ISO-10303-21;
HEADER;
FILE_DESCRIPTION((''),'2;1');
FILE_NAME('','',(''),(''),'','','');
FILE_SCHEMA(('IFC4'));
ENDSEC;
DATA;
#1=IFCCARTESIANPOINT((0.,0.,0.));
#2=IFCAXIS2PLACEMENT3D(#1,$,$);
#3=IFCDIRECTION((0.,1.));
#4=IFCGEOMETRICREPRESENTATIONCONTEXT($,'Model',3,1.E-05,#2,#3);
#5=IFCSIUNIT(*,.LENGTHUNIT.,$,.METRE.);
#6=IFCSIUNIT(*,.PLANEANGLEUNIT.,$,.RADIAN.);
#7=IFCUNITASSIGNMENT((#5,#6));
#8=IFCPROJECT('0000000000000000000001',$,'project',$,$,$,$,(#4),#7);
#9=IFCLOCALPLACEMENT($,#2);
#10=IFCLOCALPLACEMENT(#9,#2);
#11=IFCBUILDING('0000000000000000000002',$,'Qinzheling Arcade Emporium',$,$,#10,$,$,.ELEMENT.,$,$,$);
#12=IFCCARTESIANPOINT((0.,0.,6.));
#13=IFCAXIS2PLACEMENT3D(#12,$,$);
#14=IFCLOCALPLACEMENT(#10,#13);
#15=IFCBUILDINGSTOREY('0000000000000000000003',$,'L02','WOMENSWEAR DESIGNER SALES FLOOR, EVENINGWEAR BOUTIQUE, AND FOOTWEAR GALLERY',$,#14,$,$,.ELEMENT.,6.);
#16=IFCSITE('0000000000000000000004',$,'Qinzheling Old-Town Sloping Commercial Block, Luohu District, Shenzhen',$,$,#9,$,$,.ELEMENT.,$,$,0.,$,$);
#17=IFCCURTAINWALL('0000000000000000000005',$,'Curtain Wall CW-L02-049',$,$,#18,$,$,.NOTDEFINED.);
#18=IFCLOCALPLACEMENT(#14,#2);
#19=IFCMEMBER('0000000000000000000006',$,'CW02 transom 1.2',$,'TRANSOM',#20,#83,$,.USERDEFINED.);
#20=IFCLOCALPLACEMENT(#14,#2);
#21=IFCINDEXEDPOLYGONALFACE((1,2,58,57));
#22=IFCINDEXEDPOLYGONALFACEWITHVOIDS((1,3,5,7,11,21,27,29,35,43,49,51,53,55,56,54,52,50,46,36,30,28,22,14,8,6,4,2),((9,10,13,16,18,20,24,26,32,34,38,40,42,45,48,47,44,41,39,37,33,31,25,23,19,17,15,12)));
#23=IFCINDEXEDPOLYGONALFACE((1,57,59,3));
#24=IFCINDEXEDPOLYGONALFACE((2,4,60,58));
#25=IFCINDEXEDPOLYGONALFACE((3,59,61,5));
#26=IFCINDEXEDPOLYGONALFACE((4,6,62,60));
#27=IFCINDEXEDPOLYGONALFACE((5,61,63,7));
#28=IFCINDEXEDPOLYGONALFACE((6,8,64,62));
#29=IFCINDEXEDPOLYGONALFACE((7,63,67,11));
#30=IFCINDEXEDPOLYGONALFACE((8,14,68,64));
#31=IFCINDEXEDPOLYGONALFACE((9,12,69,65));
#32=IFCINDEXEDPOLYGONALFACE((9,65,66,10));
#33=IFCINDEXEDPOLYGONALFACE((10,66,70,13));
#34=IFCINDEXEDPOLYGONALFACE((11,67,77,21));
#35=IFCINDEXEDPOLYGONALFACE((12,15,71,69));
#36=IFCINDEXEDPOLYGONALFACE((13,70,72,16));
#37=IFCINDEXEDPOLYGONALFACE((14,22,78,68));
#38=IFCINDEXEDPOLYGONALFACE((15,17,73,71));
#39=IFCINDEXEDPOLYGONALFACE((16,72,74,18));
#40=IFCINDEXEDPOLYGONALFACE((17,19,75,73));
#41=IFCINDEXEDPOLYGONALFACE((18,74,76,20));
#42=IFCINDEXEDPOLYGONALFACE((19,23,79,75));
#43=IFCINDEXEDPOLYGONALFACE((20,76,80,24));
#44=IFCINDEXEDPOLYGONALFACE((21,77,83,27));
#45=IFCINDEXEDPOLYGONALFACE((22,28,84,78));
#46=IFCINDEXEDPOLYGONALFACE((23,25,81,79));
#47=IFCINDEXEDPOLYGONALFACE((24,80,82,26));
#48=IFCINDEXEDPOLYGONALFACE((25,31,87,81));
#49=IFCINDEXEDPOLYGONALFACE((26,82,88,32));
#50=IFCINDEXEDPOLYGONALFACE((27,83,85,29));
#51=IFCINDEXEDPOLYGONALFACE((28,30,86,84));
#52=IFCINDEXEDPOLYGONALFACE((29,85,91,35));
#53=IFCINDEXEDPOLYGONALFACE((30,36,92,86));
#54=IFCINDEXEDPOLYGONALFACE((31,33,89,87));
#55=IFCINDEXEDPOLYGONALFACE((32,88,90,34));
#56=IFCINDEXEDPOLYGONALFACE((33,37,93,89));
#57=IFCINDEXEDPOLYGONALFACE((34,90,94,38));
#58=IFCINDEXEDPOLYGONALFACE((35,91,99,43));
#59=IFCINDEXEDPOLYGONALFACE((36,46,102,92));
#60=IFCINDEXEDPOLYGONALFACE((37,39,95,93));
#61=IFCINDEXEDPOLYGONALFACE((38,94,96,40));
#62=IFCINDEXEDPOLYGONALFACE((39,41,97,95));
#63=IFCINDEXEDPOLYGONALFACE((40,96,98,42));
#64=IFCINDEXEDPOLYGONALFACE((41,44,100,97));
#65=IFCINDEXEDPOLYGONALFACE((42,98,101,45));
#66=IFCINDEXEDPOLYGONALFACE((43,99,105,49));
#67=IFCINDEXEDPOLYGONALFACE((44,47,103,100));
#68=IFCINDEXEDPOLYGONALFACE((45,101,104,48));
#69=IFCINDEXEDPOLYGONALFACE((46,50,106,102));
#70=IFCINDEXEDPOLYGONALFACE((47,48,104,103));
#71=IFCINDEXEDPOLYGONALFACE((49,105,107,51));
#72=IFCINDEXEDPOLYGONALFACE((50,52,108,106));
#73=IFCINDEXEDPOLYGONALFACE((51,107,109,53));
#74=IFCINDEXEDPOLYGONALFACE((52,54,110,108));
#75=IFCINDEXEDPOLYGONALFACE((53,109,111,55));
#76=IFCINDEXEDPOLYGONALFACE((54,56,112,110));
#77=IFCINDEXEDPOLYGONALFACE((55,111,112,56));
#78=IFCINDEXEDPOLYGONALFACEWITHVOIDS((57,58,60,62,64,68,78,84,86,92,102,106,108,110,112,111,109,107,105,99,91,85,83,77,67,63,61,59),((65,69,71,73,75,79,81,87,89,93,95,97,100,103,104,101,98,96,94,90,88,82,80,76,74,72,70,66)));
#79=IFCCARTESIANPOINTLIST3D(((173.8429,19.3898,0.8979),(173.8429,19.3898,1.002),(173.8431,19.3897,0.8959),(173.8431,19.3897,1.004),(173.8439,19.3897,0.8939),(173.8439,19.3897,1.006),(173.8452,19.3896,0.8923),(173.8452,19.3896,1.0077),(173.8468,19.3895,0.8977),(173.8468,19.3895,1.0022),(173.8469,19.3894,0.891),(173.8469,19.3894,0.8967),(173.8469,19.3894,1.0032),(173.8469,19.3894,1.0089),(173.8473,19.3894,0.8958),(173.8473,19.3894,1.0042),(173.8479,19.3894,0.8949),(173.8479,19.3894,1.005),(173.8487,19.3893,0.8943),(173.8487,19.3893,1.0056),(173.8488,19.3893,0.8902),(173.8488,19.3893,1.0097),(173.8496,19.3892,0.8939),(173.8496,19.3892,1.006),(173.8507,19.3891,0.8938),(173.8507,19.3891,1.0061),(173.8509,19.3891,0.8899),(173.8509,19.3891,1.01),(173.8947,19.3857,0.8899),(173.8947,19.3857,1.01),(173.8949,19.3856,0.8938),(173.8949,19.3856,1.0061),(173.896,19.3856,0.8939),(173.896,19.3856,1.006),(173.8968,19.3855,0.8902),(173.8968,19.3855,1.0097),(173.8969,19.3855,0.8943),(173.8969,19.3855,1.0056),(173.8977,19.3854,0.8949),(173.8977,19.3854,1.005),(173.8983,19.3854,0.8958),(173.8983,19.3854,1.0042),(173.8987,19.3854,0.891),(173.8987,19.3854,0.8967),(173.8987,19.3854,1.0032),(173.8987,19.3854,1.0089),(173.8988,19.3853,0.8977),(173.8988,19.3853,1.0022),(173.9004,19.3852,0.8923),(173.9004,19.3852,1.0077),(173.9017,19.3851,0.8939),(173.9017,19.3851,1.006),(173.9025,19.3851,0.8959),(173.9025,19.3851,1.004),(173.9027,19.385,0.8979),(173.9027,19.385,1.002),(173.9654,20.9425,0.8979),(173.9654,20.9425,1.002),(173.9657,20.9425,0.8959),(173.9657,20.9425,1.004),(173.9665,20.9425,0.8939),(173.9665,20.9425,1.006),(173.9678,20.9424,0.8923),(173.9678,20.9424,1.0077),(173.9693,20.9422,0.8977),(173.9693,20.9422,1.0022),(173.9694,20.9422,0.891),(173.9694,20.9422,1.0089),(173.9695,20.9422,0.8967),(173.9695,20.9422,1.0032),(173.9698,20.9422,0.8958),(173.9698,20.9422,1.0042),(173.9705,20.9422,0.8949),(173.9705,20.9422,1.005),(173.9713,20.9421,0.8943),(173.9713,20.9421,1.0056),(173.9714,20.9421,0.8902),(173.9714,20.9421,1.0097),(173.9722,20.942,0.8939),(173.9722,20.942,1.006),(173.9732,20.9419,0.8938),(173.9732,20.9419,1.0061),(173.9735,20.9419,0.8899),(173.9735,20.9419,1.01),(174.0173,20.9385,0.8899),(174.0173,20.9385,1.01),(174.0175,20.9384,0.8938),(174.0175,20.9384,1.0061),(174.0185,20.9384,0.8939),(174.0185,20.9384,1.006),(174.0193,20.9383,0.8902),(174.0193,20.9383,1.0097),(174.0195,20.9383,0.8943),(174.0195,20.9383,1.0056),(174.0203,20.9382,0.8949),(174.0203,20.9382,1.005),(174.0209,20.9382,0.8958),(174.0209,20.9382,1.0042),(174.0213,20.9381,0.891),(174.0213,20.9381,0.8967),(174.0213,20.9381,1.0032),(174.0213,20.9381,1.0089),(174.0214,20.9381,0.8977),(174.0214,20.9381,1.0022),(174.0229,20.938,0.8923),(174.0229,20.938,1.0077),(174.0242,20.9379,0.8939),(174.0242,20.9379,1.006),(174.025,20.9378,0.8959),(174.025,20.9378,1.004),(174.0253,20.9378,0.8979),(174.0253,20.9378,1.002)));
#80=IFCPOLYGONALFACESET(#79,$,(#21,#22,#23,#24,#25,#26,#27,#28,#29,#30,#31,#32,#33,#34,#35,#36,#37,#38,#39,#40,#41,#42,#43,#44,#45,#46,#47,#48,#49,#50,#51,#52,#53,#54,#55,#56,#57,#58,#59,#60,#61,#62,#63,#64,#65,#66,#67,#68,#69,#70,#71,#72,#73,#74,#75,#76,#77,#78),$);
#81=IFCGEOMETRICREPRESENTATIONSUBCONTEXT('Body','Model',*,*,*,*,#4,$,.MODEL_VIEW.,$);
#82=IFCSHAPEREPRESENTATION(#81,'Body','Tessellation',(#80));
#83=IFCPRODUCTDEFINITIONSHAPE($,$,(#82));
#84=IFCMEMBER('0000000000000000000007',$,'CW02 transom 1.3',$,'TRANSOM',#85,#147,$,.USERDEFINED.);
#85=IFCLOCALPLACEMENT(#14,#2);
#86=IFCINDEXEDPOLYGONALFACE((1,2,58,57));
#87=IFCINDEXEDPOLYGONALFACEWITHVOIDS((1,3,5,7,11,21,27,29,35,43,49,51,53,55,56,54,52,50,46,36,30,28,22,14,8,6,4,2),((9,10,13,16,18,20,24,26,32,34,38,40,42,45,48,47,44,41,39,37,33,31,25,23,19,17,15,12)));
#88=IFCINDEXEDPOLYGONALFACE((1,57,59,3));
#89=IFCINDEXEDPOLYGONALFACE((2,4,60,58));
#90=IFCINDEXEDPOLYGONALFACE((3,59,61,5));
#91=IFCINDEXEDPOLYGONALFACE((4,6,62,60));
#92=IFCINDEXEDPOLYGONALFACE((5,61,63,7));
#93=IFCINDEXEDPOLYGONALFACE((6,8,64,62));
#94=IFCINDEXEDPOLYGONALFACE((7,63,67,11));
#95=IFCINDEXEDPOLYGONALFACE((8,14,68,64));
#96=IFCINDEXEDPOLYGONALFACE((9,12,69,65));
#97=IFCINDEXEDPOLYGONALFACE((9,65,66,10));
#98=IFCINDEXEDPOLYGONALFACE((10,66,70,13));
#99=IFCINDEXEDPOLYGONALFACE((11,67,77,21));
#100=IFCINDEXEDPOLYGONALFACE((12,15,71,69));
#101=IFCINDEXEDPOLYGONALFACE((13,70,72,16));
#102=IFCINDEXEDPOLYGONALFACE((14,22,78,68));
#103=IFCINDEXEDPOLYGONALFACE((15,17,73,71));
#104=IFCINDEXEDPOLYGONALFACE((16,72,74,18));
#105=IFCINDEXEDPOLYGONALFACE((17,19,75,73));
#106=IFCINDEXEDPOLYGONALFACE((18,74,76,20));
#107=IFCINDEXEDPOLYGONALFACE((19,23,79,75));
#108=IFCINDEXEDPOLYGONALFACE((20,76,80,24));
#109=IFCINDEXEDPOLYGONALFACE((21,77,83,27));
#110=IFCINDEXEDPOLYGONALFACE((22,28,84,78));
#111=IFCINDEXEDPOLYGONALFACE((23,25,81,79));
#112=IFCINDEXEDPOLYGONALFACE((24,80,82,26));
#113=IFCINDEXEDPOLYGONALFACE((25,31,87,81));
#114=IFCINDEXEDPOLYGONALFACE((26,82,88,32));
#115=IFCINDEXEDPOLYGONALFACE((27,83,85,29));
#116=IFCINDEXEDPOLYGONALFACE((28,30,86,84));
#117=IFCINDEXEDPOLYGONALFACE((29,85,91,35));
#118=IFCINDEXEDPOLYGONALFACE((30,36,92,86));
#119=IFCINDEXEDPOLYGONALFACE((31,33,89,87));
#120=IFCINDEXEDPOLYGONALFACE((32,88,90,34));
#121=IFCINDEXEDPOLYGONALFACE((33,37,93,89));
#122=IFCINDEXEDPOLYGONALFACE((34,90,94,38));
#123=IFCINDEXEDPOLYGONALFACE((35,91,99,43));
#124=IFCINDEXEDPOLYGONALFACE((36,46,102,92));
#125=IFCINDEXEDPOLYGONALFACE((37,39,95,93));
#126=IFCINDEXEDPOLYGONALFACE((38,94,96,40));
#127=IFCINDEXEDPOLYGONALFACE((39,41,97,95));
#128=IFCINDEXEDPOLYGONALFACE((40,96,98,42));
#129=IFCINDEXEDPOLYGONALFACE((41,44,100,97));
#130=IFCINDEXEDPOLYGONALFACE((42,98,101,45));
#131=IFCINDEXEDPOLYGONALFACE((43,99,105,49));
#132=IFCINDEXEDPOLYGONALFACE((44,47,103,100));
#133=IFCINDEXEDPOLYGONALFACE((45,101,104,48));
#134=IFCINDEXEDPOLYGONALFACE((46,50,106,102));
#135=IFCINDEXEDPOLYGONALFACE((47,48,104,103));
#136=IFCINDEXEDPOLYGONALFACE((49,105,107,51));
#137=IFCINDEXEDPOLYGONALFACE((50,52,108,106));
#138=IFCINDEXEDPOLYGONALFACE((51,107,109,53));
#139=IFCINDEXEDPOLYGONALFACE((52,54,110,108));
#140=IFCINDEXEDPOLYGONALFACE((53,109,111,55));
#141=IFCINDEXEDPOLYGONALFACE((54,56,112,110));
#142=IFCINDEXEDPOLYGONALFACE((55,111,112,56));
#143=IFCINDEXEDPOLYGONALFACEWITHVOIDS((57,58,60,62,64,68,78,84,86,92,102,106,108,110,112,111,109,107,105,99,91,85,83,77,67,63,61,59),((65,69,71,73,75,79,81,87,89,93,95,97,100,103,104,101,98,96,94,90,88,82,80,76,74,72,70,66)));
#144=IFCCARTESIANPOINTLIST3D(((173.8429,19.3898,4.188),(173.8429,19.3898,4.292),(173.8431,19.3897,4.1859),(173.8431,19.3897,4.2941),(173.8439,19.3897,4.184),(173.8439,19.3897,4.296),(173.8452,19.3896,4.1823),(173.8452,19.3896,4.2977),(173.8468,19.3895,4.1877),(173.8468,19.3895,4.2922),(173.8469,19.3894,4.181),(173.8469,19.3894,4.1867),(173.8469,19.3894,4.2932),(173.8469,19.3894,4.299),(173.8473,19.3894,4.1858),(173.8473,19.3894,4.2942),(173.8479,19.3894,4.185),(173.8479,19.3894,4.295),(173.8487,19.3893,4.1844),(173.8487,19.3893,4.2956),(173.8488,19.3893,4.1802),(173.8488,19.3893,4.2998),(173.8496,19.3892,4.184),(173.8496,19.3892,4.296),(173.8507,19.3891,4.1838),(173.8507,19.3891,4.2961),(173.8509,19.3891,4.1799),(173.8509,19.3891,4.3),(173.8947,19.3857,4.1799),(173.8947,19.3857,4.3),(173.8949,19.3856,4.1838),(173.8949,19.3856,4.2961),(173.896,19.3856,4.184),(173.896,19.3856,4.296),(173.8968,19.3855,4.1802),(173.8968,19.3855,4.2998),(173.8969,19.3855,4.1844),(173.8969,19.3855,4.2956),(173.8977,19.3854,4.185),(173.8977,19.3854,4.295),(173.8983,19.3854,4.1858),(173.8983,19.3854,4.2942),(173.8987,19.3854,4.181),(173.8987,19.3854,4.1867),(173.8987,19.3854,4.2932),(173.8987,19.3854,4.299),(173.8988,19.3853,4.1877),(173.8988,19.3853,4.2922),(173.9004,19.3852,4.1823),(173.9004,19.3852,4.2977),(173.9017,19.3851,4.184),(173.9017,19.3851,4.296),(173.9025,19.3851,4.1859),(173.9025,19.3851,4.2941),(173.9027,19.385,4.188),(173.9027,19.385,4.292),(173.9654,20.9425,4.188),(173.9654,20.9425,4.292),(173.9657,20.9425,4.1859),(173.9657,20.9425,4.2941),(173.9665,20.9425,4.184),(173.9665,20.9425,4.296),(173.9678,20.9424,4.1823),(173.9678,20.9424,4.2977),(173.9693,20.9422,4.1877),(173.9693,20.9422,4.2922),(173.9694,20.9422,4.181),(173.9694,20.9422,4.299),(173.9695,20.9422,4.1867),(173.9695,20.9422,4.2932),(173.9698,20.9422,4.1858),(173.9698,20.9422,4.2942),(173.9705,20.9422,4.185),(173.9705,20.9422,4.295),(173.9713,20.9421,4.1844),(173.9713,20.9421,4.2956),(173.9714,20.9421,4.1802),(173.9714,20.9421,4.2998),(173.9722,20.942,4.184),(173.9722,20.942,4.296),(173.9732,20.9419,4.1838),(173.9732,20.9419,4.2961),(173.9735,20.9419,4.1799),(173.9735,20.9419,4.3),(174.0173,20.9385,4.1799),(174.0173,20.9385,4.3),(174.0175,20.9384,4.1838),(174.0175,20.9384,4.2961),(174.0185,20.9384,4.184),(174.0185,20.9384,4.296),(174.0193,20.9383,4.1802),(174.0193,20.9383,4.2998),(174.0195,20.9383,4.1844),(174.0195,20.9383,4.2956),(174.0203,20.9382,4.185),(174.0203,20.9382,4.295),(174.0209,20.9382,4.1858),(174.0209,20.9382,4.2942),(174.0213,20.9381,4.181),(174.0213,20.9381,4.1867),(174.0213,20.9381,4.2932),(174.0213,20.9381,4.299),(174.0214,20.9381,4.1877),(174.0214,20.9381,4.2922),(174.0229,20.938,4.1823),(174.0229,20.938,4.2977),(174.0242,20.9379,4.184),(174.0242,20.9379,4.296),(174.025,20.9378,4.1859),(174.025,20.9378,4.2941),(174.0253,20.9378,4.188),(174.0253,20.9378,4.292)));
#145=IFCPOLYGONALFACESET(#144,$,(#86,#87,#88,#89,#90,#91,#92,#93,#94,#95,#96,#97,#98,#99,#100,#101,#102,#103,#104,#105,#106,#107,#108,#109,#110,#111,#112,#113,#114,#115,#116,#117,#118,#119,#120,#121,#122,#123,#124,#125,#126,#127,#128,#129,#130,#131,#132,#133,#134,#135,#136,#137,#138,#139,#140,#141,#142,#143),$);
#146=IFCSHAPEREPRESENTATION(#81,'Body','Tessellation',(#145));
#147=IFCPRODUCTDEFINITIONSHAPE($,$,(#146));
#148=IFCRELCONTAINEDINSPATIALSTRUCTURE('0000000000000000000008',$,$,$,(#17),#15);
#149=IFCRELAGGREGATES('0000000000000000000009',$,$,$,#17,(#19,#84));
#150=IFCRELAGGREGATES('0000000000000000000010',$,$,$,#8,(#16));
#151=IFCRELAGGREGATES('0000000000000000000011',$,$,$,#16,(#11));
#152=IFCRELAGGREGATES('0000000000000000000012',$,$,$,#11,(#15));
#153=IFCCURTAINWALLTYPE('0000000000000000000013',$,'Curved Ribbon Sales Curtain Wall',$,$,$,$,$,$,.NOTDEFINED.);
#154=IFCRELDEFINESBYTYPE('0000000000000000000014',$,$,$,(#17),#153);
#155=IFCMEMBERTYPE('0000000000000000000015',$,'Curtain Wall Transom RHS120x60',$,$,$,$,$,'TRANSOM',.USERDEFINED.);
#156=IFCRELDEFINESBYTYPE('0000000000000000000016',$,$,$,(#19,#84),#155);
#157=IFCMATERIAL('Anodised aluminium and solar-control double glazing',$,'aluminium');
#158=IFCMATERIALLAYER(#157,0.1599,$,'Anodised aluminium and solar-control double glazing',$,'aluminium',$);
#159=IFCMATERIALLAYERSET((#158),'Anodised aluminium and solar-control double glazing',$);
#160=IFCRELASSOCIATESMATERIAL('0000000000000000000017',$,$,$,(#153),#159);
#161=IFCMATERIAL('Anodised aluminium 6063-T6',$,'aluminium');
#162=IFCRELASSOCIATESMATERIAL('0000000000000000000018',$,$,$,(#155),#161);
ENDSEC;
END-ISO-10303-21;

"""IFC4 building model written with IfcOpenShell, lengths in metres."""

from ifc_helpers import new_model, si_unit, direction, frame, origin, origin_2d, place, context, subcontext, project, spatial, hollow_rectangle, extrude, material, layer, layer_set, material_profile, profile_set, type_object, element, aggregate, save


model = new_model("IFC4")

# Units and contexts
model_context = context("Model", 3, precision=1e-05, world=origin(), true_north=direction((0.0, 1.0)))
body_context = subcontext(model_context, "Body", "Model", "MODEL_VIEW")
ifc_project = project(units=[si_unit("LENGTHUNIT", "METRE"), si_unit("PLANEANGLEUNIT", "RADIAN")], contexts=[model_context])

# Site, building, storey
site_placement = place(None, origin())
site = spatial("IfcSite", under=ifc_project, at=site_placement, Name="Qinzheling Old-Town Sloping Commercial Block, Luohu District, Shenzhen", CompositionType="ELEMENT", RefElevation=0.0)
building_placement = place(site_placement, origin())
building = spatial("IfcBuilding", under=site, at=building_placement, Name="Qinzheling Arcade Emporium", CompositionType="ELEMENT")
storey_placement = place(building_placement, frame((0.0, 0.0, 6.0)))
storey = spatial("IfcBuildingStorey", under=building, at=storey_placement, Name="L02", Description="WOMENSWEAR DESIGNER SALES FLOOR, EVENINGWEAR BOUTIQUE, AND FOOTWEAR GALLERY", CompositionType="ELEMENT", Elevation=6.0)

# Curtain wall, members
ifc_material_1 = material(Name="Anodised aluminium and solar-control double glazing", Category="aluminium")
ifc_layer_1 = layer(ifc_material_1, 0.1599, Name="Anodised aluminium and solar-control double glazing", Category="aluminium")
ifc_layer_set_1 = layer_set([ifc_layer_1], Name="Anodised aluminium and solar-control double glazing")
curtain_wall_type = type_object("IfcCurtainWallType", Name="Curved Ribbon Sales Curtain Wall", PredefinedType="NOTDEFINED", material=ifc_layer_set_1)
curtain_wall_placement = place(storey_placement, origin())
curtain_wall = element("IfcCurtainWall", 1, at=curtain_wall_placement, inside=storey, type_object=curtain_wall_type, Name="Curtain Wall CW-L02-049", PredefinedType="NOTDEFINED")
ifc_material_2 = material(Name="Anodised aluminium 6063-T6", Category="aluminium")
ifc_material_profile_1 = material_profile(ifc_material_2, hollow_rectangle(XDim=0.0601, YDim=0.1201, WallThickness=0.0039, InnerFilletRadius=0.0039, OuterFilletRadius=0.0081, at=origin_2d()), Name="RHS 120x60x4", Category="aluminium")
ifc_profile_set_1 = profile_set([ifc_material_profile_1], Name="Anodised aluminium 6063-T6")
member_type_1 = type_object("IfcMemberType", Name="Curtain Wall Transom RHS120x60", ElementType="TRANSOM", PredefinedType="USERDEFINED", material=ifc_profile_set_1)
member_1_placement = place(storey_placement, frame((173.9954, 20.9402, 0.95), z_axis=(-0.078686, -0.996899, 0.0), x_axis=(0.996899, -0.078686, 0.0)))
member_1 = element("IfcMember", 2, at=member_1_placement, type_object=member_type_1, Name="CW02 transom 1.2", ObjectType="TRANSOM", PredefinedType="USERDEFINED", context=body_context, shape_type="SweptSolid", body=[
    extrude(hollow_rectangle(XDim=0.0601, YDim=0.1201, WallThickness=0.0039, InnerFilletRadius=0.0039, OuterFilletRadius=0.0081, at=origin_2d()), origin(), (0.0, 0.0, 1.0), 1.5576),
])
member_2_placement = place(storey_placement, frame((173.9954, 20.9402, 4.24), z_axis=(-0.078686, -0.996899, 0.0), x_axis=(0.996899, -0.078686, 0.0)))
member_2 = element("IfcMember", 3, at=member_2_placement, type_object=member_type_1, Name="CW02 transom 1.3", ObjectType="TRANSOM", PredefinedType="USERDEFINED", context=body_context, shape_type="SweptSolid", body=[
    extrude(hollow_rectangle(XDim=0.0601, YDim=0.1201, WallThickness=0.0039, InnerFilletRadius=0.0039, OuterFilletRadius=0.0081, at=origin_2d()), origin(), (0.0, 0.0, 1.0), 1.5576),
])
aggregate(curtain_wall, [member_1, member_2])

save(model, "model.ifc")
